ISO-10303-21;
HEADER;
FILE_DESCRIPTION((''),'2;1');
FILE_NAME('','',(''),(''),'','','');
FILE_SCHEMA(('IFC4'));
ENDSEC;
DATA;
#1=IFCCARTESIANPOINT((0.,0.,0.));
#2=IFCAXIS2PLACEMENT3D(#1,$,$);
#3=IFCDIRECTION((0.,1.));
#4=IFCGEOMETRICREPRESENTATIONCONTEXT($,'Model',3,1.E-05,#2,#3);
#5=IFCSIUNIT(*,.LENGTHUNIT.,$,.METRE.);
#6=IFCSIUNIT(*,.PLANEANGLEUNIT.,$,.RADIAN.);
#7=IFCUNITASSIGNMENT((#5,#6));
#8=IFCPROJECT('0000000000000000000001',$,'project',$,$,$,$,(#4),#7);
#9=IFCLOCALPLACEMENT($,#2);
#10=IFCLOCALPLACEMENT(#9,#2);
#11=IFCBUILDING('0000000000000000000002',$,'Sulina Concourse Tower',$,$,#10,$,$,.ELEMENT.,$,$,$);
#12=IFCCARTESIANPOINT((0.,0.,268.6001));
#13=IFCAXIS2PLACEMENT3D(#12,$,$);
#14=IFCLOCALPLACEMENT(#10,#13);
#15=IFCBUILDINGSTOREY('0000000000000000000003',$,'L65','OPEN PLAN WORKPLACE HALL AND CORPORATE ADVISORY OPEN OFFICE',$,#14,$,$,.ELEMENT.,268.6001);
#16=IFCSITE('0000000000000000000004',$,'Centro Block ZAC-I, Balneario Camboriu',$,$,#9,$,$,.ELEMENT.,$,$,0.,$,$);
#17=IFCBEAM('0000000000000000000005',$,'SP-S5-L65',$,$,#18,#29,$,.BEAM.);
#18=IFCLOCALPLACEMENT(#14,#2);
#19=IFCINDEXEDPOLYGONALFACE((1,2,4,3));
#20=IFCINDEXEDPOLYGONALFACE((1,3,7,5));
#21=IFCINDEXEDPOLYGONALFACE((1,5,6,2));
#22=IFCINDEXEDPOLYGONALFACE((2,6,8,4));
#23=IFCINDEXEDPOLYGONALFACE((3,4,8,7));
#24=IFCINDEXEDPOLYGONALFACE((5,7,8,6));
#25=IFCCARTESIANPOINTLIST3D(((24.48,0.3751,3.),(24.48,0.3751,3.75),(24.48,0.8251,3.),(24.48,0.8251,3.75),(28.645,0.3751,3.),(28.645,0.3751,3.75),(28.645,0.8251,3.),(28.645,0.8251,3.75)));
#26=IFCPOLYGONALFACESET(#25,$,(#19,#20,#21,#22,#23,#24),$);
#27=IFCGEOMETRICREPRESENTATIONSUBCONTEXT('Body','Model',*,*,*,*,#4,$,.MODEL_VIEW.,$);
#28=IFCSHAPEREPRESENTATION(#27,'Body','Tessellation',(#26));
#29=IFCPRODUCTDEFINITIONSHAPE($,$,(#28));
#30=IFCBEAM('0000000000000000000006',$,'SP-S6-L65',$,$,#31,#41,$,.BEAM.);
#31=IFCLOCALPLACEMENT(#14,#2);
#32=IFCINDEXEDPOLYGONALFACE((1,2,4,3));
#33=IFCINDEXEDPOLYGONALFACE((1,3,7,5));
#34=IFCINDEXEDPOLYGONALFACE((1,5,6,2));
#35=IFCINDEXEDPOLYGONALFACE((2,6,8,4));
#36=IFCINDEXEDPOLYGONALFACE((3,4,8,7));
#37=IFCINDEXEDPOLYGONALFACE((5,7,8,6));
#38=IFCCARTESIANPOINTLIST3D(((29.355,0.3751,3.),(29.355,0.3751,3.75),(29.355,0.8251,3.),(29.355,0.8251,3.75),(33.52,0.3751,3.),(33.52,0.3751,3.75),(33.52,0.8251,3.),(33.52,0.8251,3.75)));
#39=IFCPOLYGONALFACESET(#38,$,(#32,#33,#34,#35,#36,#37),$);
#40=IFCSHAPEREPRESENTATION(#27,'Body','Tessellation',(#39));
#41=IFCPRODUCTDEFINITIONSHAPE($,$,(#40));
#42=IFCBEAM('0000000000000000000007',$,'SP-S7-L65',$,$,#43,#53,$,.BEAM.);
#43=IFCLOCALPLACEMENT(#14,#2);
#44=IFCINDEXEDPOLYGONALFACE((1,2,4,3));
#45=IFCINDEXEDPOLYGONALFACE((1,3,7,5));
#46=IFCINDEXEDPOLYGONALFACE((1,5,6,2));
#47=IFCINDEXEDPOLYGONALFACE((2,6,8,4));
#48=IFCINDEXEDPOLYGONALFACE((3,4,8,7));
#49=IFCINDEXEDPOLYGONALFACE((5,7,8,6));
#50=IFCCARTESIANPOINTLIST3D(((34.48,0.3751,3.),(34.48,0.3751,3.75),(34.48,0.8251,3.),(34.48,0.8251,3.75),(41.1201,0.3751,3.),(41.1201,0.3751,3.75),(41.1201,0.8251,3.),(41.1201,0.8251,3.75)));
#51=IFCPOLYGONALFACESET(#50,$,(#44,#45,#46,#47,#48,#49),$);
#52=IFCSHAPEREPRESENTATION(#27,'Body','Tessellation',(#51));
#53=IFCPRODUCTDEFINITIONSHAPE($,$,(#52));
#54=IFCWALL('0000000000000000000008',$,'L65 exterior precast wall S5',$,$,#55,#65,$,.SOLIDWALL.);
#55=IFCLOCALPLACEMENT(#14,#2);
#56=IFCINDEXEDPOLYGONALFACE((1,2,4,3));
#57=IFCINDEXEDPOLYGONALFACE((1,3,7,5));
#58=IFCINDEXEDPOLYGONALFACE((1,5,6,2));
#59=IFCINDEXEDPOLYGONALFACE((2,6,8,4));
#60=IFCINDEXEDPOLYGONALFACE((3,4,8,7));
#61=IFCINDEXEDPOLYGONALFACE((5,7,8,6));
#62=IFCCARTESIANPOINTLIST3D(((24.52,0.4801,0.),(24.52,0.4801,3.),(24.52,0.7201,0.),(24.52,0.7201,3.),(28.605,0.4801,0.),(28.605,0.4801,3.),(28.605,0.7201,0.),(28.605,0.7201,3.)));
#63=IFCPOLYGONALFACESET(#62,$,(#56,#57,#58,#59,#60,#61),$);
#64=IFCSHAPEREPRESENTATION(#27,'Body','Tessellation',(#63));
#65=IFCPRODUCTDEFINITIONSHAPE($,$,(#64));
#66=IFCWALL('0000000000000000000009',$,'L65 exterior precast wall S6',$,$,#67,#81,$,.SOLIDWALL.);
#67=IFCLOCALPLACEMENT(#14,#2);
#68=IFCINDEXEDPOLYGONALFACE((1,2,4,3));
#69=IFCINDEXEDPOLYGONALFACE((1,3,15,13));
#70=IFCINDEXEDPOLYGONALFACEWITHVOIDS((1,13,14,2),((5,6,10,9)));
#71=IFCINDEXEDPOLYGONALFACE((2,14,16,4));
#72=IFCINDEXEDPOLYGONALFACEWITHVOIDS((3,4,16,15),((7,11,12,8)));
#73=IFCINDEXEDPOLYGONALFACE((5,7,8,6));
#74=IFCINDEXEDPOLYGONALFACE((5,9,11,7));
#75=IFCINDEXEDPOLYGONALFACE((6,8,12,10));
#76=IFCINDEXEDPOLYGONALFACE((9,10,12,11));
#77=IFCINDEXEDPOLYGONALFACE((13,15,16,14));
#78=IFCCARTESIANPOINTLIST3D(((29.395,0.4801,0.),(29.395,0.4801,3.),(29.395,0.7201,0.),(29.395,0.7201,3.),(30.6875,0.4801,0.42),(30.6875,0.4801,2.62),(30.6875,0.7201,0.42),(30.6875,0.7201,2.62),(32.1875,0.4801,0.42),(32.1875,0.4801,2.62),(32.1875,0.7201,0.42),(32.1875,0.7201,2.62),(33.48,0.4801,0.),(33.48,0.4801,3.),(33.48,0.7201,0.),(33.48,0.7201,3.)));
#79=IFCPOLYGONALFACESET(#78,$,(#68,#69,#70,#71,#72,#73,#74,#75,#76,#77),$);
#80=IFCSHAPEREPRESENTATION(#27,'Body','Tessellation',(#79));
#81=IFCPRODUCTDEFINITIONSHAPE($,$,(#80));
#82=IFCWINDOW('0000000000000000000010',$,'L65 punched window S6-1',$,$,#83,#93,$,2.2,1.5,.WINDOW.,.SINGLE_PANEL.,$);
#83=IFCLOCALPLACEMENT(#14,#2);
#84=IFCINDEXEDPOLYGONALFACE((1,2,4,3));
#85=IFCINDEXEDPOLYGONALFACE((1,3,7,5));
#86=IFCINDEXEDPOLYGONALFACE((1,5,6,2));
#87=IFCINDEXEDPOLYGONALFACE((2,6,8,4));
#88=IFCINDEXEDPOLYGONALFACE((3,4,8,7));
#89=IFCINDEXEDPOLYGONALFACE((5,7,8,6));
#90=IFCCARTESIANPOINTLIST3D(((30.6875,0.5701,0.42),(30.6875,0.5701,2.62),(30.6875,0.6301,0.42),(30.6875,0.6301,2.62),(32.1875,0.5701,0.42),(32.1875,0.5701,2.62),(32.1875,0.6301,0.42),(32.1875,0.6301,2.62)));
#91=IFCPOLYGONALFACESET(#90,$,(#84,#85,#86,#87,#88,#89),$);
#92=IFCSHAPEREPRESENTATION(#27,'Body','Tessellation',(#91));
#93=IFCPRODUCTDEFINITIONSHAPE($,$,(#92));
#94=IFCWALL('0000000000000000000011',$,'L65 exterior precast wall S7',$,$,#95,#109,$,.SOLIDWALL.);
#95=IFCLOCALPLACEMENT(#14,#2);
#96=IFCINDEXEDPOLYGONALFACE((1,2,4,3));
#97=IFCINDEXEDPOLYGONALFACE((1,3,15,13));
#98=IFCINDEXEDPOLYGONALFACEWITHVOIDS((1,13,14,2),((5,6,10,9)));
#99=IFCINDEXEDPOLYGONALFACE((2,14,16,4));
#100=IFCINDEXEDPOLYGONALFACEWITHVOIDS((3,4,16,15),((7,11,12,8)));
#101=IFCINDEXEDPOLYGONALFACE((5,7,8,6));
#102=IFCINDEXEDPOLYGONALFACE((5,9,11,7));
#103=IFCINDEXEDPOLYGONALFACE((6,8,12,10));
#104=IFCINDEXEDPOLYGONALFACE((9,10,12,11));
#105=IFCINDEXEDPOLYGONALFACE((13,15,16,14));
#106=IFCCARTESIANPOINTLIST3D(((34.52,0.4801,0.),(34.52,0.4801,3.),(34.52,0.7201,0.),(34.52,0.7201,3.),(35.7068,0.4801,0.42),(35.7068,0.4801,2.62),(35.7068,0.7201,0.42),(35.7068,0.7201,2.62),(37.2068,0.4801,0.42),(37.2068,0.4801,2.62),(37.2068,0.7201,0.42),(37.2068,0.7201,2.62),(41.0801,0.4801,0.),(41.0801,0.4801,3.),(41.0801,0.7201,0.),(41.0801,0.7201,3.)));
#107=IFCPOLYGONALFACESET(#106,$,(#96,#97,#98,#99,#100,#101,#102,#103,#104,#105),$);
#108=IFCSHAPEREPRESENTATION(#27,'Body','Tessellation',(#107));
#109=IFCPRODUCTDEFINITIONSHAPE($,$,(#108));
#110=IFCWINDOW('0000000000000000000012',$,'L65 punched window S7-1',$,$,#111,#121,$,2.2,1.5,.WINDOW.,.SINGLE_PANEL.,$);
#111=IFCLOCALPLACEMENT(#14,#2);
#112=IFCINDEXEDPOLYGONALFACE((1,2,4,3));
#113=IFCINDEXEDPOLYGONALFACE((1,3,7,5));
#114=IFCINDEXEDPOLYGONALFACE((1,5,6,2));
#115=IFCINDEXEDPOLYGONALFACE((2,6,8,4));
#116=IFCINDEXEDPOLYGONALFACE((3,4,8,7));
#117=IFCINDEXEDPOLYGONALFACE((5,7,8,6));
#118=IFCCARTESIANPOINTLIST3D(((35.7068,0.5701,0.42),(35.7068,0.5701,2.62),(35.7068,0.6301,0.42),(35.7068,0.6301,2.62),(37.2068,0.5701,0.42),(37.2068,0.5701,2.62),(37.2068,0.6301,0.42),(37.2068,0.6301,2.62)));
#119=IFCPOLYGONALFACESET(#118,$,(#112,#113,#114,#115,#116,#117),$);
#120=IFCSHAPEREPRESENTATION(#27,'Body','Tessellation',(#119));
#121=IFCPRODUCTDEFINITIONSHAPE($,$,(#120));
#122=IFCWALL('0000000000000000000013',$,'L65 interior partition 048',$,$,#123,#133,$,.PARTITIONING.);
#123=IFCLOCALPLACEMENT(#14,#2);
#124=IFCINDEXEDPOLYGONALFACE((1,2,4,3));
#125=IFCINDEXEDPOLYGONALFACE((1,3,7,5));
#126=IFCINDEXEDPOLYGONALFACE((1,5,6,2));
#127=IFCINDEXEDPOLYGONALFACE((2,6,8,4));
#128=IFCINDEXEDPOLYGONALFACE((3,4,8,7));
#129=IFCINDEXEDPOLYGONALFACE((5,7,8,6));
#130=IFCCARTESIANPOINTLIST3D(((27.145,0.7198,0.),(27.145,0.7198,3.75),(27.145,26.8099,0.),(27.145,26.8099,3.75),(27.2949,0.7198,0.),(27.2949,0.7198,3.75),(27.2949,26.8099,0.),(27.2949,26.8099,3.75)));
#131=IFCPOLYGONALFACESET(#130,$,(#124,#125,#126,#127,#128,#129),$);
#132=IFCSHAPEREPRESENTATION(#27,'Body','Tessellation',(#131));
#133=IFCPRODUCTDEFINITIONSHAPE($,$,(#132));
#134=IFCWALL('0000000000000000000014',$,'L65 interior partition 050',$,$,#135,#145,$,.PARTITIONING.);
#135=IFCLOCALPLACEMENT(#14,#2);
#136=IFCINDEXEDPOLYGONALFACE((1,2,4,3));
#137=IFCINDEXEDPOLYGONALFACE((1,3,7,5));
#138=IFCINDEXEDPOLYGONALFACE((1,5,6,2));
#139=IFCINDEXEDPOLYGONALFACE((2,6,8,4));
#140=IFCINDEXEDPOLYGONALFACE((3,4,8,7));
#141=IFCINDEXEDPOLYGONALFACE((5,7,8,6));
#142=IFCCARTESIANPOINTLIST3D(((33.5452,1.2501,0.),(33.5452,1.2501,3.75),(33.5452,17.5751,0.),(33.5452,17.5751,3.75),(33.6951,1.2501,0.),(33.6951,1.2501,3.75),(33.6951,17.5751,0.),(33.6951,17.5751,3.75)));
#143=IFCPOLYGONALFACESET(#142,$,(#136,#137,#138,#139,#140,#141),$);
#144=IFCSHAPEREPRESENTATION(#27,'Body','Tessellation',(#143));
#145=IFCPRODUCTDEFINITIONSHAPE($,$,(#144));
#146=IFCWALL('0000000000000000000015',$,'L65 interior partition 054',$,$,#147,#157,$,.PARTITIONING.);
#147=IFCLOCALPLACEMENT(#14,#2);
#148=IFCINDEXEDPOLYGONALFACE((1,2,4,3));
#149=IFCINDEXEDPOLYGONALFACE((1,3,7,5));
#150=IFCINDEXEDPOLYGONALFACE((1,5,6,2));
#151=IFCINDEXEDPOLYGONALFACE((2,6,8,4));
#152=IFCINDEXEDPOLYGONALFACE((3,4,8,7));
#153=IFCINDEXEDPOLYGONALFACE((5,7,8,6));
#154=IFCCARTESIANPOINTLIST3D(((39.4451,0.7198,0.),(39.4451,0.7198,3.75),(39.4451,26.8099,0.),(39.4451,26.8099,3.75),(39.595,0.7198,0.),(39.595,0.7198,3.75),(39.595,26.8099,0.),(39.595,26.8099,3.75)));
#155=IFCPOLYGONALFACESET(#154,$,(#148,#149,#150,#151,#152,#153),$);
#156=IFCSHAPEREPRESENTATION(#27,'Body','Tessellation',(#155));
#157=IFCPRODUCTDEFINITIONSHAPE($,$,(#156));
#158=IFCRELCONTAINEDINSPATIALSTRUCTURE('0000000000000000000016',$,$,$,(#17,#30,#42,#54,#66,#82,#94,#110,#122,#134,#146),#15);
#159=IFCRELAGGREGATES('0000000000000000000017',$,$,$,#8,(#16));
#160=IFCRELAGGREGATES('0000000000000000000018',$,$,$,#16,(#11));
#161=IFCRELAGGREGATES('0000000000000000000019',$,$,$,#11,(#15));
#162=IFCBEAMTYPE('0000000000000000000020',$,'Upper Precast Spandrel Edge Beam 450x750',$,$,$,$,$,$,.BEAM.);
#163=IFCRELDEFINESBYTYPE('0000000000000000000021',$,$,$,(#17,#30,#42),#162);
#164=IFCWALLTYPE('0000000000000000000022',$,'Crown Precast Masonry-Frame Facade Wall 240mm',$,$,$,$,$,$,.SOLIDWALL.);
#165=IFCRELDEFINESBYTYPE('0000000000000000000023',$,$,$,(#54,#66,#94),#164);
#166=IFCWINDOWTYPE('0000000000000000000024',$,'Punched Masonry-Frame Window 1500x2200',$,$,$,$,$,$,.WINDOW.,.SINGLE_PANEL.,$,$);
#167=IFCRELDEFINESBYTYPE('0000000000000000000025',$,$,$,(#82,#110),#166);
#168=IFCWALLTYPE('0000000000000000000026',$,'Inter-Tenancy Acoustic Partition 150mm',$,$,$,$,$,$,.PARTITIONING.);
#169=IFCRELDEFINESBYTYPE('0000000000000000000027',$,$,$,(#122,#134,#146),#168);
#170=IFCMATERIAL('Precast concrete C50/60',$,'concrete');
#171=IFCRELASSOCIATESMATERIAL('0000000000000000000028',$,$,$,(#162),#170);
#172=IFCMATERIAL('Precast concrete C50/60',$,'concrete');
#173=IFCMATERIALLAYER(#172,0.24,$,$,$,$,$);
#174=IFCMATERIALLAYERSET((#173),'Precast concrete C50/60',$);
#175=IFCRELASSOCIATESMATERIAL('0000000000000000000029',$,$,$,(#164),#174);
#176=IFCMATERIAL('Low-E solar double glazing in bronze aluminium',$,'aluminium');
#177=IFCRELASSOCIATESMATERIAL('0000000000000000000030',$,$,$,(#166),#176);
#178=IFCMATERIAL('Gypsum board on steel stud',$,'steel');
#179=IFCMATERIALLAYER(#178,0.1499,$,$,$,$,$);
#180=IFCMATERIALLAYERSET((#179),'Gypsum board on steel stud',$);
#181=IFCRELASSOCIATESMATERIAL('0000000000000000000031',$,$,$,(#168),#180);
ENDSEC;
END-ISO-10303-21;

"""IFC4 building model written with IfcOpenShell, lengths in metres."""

from ifc_helpers import new_model, si_unit, direction, frame, frame_2d, origin, origin_2d, place, context, subcontext, project, spatial, rectangle, extrude, material, layer, layer_set, material_profile, profile_set, type_object, element, fill, save


model = new_model("IFC4")

# Units and contexts
model_context = context("Model", 3, precision=1e-05, world=origin(), true_north=direction((0.0, 1.0)))
body_context = subcontext(model_context, "Body", "Model", "MODEL_VIEW")
ifc_project = project(units=[si_unit("LENGTHUNIT", "METRE"), si_unit("PLANEANGLEUNIT", "RADIAN")], contexts=[model_context])

# Site, building, storey
site_placement = place(None, origin())
site = spatial("IfcSite", under=ifc_project, at=site_placement, Name="Centro Block ZAC-I, Balneario Camboriu", CompositionType="ELEMENT", RefElevation=0.0)
building_placement = place(site_placement, origin())
building = spatial("IfcBuilding", under=site, at=building_placement, Name="Sulina Concourse Tower", CompositionType="ELEMENT")
storey_placement = place(building_placement, frame((0.0, 0.0, 268.6001)))
storey = spatial("IfcBuildingStorey", under=building, at=storey_placement, Name="L65", Description="OPEN PLAN WORKPLACE HALL AND CORPORATE ADVISORY OPEN OFFICE", CompositionType="ELEMENT", Elevation=268.6001)

# Beams
ifc_material_1 = material(Name="Precast concrete C50/60", Category="concrete")
ifc_material_profile_1 = material_profile(ifc_material_1, rectangle(XDim=0.45, YDim=0.75, at=origin_2d()), Name="RC 450x750")
ifc_profile_set_1 = profile_set([ifc_material_profile_1], Name="Precast concrete C50/60")
beam_type_1 = type_object("IfcBeamType", Name="Upper Precast Spandrel Edge Beam 450x750", PredefinedType="BEAM", material=ifc_profile_set_1)
for number, where, z_axis, x_axis, name in (
    (1, (24.48, 0.6001, 3.375), (1.0, 0.0, 0.0), (0.0, 1.0, 0.0), "SP-S5-L65"),
    (2, (29.355, 0.6001, 3.375), (1.0, 0.0, 0.0), (0.0, 1.0, 0.0), "SP-S6-L65"),
):
    element("IfcBeam", number, at=place(storey_placement, frame(where, z_axis=z_axis, x_axis=x_axis)), inside=storey, type_object=beam_type_1, Name=name, PredefinedType="BEAM", context=body_context, shape_type="SweptSolid", body=[
        extrude(rectangle(XDim=0.45, YDim=0.75, at=origin_2d()), origin(), (0.0, 0.0, 1.0), 4.165),
    ])
beam_1_placement = place(storey_placement, frame((34.48, 0.6001, 3.375), z_axis=(1.0, 0.0, 0.0), x_axis=(0.0, 1.0, 0.0)))
element("IfcBeam", 3, at=beam_1_placement, inside=storey, type_object=beam_type_1, Name="SP-S7-L65", PredefinedType="BEAM", context=body_context, shape_type="SweptSolid", body=[
    extrude(rectangle(XDim=0.45, YDim=0.75, at=origin_2d()), origin(), (0.0, 0.0, 1.0), 6.6401),
])

# Wall
ifc_material_2 = material(Name="Precast concrete C50/60", Category="concrete")
ifc_layer_1 = layer(ifc_material_2, 0.24)
ifc_layer_set_1 = layer_set([ifc_layer_1], Name="Precast concrete C50/60")
wall_type_1 = type_object("IfcWallType", Name="Crown Precast Masonry-Frame Facade Wall 240mm", PredefinedType="SOLIDWALL", material=ifc_layer_set_1)
wall_1_placement = place(storey_placement, frame((28.605, 0.6001, 0.0), z_axis=(0.0, 0.0, 1.0), x_axis=(-1.0, 0.0, 0.0)))
element("IfcWall", 4, at=wall_1_placement, inside=storey, type_object=wall_type_1, Name="L65 exterior precast wall S5", PredefinedType="SOLIDWALL", context=body_context, shape_type="SweptSolid", body=[
    extrude(rectangle(XDim=4.085, YDim=0.24, at=frame_2d((2.0425, 0.0))), origin(), (0.0, 0.0, 1.0), 3.0),
])

# Walls, openings, windows
wall_2_placement = place(storey_placement, frame((33.48, 0.6001, 0.0), z_axis=(0.0, 0.0, 1.0), x_axis=(-1.0, 0.0, 0.0)))
wall_2 = element("IfcWall", 5, at=wall_2_placement, inside=storey, type_object=wall_type_1, Name="L65 exterior precast wall S6", PredefinedType="SOLIDWALL", context=body_context, shape_type="SweptSolid", body=[
    extrude(rectangle(XDim=4.085, YDim=0.24, at=frame_2d((2.0425, 0.0))), origin(), (0.0, 0.0, 1.0), 3.0),
])
opening_1_placement = place(wall_2_placement, frame((1.2925, 0.0, 0.4199)))
opening_1 = element("IfcOpeningElement", 6, at=opening_1_placement, cuts=wall_2, PredefinedType="OPENING", context=body_context, shape_type="SweptSolid", body=[
    extrude(rectangle(XDim=1.5, YDim=2.2, at=frame_2d((0.75, 1.1001))), frame((0.0, 0.1299, 0.0), z_axis=(0.0, -1.0, 0.0), x_axis=(1.0, 0.0, 0.0)), (0.0, 0.0, 1.0), 0.26),
])
ifc_material_3 = material(Name="Low-E solar double glazing in bronze aluminium", Category="aluminium")
window_type = type_object("IfcWindowType", Name="Punched Masonry-Frame Window 1500x2200", PartitioningType="SINGLE_PANEL", PredefinedType="WINDOW", material=ifc_material_3)
window_1_placement = place(opening_1_placement, origin())
window_1 = element("IfcWindow", 7, at=window_1_placement, inside=storey, type_object=window_type, Name="L65 punched window S6-1", OverallHeight=2.2, OverallWidth=1.5, PartitioningType="SINGLE_PANEL", PredefinedType="WINDOW", context=body_context, shape_type="SweptSolid", body=[
    extrude(rectangle(XDim=1.5, YDim=2.2, at=frame_2d((0.75, 1.1001))), frame((0.0, 0.03, 0.0), z_axis=(0.0, -1.0, 0.0), x_axis=(1.0, 0.0, 0.0)), (0.0, 0.0, 1.0), 0.0601),
])
fill(opening_1, window_1)
wall_3_placement = place(storey_placement, frame((41.0801, 0.6001, 0.0), z_axis=(0.0, 0.0, 1.0), x_axis=(-1.0, 0.0, 0.0)))
wall_3 = element("IfcWall", 8, at=wall_3_placement, inside=storey, type_object=wall_type_1, Name="L65 exterior precast wall S7", PredefinedType="SOLIDWALL", context=body_context, shape_type="SweptSolid", body=[
    extrude(rectangle(XDim=6.5601, YDim=0.24, at=frame_2d((3.28, 0.0))), origin(), (0.0, 0.0, 1.0), 3.0),
])
opening_2_placement = place(wall_3_placement, frame((3.8733, 0.0, 0.4199)))
opening_2 = element("IfcOpeningElement", 9, at=opening_2_placement, cuts=wall_3, PredefinedType="OPENING", context=body_context, shape_type="SweptSolid", body=[
    extrude(rectangle(XDim=1.5, YDim=2.2, at=frame_2d((0.75, 1.1001))), frame((0.0, 0.1299, 0.0), z_axis=(0.0, -1.0, 0.0), x_axis=(1.0, 0.0, 0.0)), (0.0, 0.0, 1.0), 0.26),
])
window_2_placement = place(opening_2_placement, origin())
window_2 = element("IfcWindow", 10, at=window_2_placement, inside=storey, type_object=window_type, Name="L65 punched window S7-1", OverallHeight=2.2, OverallWidth=1.5, PartitioningType="SINGLE_PANEL", PredefinedType="WINDOW", context=body_context, shape_type="SweptSolid", body=[
    extrude(rectangle(XDim=1.5, YDim=2.2, at=frame_2d((0.75, 1.1001))), frame((0.0, 0.03, 0.0), z_axis=(0.0, -1.0, 0.0), x_axis=(1.0, 0.0, 0.0)), (0.0, 0.0, 1.0), 0.0601),
])
fill(opening_2, window_2)

# Walls
ifc_material_4 = material(Name="Gypsum board on steel stud", Category="steel")
ifc_layer_2 = layer(ifc_material_4, 0.1499)
ifc_layer_set_2 = layer_set([ifc_layer_2], Name="Gypsum board on steel stud")
wall_type_2 = type_object("IfcWallType", Name="Inter-Tenancy Acoustic Partition 150mm", PredefinedType="PARTITIONING", material=ifc_layer_set_2)
wall_4_placement = place(storey_placement, frame((27.22, 0.72, 0.0), z_axis=(0.0, 0.0, 1.0), x_axis=(0.0, 1.0, 0.0)))
element("IfcWall", 11, at=wall_4_placement, inside=storey, type_object=wall_type_2, Name="L65 interior partition 048", PredefinedType="PARTITIONING", context=body_context, shape_type="SweptSolid", body=[
    extrude(rectangle(XDim=26.0901, YDim=0.1499, at=frame_2d((13.0449, 0.0))), origin(), (0.0, 0.0, 1.0), 3.75),
])
wall_5_placement = place(storey_placement, frame((33.6201, 1.25, 0.0), z_axis=(0.0, 0.0, 1.0), x_axis=(0.0, 1.0, 0.0)))
element("IfcWall", 12, at=wall_5_placement, inside=storey, type_object=wall_type_2, Name="L65 interior partition 050", PredefinedType="PARTITIONING", context=body_context, shape_type="SweptSolid", body=[
    extrude(rectangle(XDim=16.325, YDim=0.1499, at=frame_2d((8.1626, 0.0))), origin(), (0.0, 0.0, 1.0), 3.75),
])
wall_6_placement = place(storey_placement, frame((39.52, 0.72, 0.0), z_axis=(0.0, 0.0, 1.0), x_axis=(0.0, 1.0, 0.0)))
element("IfcWall", 13, at=wall_6_placement, inside=storey, type_object=wall_type_2, Name="L65 interior partition 054", PredefinedType="PARTITIONING", context=body_context, shape_type="SweptSolid", body=[
    extrude(rectangle(XDim=26.0901, YDim=0.1499, at=frame_2d((13.0449, 0.0))), origin(), (0.0, 0.0, 1.0), 3.75),
])

save(model, "model.ifc")
